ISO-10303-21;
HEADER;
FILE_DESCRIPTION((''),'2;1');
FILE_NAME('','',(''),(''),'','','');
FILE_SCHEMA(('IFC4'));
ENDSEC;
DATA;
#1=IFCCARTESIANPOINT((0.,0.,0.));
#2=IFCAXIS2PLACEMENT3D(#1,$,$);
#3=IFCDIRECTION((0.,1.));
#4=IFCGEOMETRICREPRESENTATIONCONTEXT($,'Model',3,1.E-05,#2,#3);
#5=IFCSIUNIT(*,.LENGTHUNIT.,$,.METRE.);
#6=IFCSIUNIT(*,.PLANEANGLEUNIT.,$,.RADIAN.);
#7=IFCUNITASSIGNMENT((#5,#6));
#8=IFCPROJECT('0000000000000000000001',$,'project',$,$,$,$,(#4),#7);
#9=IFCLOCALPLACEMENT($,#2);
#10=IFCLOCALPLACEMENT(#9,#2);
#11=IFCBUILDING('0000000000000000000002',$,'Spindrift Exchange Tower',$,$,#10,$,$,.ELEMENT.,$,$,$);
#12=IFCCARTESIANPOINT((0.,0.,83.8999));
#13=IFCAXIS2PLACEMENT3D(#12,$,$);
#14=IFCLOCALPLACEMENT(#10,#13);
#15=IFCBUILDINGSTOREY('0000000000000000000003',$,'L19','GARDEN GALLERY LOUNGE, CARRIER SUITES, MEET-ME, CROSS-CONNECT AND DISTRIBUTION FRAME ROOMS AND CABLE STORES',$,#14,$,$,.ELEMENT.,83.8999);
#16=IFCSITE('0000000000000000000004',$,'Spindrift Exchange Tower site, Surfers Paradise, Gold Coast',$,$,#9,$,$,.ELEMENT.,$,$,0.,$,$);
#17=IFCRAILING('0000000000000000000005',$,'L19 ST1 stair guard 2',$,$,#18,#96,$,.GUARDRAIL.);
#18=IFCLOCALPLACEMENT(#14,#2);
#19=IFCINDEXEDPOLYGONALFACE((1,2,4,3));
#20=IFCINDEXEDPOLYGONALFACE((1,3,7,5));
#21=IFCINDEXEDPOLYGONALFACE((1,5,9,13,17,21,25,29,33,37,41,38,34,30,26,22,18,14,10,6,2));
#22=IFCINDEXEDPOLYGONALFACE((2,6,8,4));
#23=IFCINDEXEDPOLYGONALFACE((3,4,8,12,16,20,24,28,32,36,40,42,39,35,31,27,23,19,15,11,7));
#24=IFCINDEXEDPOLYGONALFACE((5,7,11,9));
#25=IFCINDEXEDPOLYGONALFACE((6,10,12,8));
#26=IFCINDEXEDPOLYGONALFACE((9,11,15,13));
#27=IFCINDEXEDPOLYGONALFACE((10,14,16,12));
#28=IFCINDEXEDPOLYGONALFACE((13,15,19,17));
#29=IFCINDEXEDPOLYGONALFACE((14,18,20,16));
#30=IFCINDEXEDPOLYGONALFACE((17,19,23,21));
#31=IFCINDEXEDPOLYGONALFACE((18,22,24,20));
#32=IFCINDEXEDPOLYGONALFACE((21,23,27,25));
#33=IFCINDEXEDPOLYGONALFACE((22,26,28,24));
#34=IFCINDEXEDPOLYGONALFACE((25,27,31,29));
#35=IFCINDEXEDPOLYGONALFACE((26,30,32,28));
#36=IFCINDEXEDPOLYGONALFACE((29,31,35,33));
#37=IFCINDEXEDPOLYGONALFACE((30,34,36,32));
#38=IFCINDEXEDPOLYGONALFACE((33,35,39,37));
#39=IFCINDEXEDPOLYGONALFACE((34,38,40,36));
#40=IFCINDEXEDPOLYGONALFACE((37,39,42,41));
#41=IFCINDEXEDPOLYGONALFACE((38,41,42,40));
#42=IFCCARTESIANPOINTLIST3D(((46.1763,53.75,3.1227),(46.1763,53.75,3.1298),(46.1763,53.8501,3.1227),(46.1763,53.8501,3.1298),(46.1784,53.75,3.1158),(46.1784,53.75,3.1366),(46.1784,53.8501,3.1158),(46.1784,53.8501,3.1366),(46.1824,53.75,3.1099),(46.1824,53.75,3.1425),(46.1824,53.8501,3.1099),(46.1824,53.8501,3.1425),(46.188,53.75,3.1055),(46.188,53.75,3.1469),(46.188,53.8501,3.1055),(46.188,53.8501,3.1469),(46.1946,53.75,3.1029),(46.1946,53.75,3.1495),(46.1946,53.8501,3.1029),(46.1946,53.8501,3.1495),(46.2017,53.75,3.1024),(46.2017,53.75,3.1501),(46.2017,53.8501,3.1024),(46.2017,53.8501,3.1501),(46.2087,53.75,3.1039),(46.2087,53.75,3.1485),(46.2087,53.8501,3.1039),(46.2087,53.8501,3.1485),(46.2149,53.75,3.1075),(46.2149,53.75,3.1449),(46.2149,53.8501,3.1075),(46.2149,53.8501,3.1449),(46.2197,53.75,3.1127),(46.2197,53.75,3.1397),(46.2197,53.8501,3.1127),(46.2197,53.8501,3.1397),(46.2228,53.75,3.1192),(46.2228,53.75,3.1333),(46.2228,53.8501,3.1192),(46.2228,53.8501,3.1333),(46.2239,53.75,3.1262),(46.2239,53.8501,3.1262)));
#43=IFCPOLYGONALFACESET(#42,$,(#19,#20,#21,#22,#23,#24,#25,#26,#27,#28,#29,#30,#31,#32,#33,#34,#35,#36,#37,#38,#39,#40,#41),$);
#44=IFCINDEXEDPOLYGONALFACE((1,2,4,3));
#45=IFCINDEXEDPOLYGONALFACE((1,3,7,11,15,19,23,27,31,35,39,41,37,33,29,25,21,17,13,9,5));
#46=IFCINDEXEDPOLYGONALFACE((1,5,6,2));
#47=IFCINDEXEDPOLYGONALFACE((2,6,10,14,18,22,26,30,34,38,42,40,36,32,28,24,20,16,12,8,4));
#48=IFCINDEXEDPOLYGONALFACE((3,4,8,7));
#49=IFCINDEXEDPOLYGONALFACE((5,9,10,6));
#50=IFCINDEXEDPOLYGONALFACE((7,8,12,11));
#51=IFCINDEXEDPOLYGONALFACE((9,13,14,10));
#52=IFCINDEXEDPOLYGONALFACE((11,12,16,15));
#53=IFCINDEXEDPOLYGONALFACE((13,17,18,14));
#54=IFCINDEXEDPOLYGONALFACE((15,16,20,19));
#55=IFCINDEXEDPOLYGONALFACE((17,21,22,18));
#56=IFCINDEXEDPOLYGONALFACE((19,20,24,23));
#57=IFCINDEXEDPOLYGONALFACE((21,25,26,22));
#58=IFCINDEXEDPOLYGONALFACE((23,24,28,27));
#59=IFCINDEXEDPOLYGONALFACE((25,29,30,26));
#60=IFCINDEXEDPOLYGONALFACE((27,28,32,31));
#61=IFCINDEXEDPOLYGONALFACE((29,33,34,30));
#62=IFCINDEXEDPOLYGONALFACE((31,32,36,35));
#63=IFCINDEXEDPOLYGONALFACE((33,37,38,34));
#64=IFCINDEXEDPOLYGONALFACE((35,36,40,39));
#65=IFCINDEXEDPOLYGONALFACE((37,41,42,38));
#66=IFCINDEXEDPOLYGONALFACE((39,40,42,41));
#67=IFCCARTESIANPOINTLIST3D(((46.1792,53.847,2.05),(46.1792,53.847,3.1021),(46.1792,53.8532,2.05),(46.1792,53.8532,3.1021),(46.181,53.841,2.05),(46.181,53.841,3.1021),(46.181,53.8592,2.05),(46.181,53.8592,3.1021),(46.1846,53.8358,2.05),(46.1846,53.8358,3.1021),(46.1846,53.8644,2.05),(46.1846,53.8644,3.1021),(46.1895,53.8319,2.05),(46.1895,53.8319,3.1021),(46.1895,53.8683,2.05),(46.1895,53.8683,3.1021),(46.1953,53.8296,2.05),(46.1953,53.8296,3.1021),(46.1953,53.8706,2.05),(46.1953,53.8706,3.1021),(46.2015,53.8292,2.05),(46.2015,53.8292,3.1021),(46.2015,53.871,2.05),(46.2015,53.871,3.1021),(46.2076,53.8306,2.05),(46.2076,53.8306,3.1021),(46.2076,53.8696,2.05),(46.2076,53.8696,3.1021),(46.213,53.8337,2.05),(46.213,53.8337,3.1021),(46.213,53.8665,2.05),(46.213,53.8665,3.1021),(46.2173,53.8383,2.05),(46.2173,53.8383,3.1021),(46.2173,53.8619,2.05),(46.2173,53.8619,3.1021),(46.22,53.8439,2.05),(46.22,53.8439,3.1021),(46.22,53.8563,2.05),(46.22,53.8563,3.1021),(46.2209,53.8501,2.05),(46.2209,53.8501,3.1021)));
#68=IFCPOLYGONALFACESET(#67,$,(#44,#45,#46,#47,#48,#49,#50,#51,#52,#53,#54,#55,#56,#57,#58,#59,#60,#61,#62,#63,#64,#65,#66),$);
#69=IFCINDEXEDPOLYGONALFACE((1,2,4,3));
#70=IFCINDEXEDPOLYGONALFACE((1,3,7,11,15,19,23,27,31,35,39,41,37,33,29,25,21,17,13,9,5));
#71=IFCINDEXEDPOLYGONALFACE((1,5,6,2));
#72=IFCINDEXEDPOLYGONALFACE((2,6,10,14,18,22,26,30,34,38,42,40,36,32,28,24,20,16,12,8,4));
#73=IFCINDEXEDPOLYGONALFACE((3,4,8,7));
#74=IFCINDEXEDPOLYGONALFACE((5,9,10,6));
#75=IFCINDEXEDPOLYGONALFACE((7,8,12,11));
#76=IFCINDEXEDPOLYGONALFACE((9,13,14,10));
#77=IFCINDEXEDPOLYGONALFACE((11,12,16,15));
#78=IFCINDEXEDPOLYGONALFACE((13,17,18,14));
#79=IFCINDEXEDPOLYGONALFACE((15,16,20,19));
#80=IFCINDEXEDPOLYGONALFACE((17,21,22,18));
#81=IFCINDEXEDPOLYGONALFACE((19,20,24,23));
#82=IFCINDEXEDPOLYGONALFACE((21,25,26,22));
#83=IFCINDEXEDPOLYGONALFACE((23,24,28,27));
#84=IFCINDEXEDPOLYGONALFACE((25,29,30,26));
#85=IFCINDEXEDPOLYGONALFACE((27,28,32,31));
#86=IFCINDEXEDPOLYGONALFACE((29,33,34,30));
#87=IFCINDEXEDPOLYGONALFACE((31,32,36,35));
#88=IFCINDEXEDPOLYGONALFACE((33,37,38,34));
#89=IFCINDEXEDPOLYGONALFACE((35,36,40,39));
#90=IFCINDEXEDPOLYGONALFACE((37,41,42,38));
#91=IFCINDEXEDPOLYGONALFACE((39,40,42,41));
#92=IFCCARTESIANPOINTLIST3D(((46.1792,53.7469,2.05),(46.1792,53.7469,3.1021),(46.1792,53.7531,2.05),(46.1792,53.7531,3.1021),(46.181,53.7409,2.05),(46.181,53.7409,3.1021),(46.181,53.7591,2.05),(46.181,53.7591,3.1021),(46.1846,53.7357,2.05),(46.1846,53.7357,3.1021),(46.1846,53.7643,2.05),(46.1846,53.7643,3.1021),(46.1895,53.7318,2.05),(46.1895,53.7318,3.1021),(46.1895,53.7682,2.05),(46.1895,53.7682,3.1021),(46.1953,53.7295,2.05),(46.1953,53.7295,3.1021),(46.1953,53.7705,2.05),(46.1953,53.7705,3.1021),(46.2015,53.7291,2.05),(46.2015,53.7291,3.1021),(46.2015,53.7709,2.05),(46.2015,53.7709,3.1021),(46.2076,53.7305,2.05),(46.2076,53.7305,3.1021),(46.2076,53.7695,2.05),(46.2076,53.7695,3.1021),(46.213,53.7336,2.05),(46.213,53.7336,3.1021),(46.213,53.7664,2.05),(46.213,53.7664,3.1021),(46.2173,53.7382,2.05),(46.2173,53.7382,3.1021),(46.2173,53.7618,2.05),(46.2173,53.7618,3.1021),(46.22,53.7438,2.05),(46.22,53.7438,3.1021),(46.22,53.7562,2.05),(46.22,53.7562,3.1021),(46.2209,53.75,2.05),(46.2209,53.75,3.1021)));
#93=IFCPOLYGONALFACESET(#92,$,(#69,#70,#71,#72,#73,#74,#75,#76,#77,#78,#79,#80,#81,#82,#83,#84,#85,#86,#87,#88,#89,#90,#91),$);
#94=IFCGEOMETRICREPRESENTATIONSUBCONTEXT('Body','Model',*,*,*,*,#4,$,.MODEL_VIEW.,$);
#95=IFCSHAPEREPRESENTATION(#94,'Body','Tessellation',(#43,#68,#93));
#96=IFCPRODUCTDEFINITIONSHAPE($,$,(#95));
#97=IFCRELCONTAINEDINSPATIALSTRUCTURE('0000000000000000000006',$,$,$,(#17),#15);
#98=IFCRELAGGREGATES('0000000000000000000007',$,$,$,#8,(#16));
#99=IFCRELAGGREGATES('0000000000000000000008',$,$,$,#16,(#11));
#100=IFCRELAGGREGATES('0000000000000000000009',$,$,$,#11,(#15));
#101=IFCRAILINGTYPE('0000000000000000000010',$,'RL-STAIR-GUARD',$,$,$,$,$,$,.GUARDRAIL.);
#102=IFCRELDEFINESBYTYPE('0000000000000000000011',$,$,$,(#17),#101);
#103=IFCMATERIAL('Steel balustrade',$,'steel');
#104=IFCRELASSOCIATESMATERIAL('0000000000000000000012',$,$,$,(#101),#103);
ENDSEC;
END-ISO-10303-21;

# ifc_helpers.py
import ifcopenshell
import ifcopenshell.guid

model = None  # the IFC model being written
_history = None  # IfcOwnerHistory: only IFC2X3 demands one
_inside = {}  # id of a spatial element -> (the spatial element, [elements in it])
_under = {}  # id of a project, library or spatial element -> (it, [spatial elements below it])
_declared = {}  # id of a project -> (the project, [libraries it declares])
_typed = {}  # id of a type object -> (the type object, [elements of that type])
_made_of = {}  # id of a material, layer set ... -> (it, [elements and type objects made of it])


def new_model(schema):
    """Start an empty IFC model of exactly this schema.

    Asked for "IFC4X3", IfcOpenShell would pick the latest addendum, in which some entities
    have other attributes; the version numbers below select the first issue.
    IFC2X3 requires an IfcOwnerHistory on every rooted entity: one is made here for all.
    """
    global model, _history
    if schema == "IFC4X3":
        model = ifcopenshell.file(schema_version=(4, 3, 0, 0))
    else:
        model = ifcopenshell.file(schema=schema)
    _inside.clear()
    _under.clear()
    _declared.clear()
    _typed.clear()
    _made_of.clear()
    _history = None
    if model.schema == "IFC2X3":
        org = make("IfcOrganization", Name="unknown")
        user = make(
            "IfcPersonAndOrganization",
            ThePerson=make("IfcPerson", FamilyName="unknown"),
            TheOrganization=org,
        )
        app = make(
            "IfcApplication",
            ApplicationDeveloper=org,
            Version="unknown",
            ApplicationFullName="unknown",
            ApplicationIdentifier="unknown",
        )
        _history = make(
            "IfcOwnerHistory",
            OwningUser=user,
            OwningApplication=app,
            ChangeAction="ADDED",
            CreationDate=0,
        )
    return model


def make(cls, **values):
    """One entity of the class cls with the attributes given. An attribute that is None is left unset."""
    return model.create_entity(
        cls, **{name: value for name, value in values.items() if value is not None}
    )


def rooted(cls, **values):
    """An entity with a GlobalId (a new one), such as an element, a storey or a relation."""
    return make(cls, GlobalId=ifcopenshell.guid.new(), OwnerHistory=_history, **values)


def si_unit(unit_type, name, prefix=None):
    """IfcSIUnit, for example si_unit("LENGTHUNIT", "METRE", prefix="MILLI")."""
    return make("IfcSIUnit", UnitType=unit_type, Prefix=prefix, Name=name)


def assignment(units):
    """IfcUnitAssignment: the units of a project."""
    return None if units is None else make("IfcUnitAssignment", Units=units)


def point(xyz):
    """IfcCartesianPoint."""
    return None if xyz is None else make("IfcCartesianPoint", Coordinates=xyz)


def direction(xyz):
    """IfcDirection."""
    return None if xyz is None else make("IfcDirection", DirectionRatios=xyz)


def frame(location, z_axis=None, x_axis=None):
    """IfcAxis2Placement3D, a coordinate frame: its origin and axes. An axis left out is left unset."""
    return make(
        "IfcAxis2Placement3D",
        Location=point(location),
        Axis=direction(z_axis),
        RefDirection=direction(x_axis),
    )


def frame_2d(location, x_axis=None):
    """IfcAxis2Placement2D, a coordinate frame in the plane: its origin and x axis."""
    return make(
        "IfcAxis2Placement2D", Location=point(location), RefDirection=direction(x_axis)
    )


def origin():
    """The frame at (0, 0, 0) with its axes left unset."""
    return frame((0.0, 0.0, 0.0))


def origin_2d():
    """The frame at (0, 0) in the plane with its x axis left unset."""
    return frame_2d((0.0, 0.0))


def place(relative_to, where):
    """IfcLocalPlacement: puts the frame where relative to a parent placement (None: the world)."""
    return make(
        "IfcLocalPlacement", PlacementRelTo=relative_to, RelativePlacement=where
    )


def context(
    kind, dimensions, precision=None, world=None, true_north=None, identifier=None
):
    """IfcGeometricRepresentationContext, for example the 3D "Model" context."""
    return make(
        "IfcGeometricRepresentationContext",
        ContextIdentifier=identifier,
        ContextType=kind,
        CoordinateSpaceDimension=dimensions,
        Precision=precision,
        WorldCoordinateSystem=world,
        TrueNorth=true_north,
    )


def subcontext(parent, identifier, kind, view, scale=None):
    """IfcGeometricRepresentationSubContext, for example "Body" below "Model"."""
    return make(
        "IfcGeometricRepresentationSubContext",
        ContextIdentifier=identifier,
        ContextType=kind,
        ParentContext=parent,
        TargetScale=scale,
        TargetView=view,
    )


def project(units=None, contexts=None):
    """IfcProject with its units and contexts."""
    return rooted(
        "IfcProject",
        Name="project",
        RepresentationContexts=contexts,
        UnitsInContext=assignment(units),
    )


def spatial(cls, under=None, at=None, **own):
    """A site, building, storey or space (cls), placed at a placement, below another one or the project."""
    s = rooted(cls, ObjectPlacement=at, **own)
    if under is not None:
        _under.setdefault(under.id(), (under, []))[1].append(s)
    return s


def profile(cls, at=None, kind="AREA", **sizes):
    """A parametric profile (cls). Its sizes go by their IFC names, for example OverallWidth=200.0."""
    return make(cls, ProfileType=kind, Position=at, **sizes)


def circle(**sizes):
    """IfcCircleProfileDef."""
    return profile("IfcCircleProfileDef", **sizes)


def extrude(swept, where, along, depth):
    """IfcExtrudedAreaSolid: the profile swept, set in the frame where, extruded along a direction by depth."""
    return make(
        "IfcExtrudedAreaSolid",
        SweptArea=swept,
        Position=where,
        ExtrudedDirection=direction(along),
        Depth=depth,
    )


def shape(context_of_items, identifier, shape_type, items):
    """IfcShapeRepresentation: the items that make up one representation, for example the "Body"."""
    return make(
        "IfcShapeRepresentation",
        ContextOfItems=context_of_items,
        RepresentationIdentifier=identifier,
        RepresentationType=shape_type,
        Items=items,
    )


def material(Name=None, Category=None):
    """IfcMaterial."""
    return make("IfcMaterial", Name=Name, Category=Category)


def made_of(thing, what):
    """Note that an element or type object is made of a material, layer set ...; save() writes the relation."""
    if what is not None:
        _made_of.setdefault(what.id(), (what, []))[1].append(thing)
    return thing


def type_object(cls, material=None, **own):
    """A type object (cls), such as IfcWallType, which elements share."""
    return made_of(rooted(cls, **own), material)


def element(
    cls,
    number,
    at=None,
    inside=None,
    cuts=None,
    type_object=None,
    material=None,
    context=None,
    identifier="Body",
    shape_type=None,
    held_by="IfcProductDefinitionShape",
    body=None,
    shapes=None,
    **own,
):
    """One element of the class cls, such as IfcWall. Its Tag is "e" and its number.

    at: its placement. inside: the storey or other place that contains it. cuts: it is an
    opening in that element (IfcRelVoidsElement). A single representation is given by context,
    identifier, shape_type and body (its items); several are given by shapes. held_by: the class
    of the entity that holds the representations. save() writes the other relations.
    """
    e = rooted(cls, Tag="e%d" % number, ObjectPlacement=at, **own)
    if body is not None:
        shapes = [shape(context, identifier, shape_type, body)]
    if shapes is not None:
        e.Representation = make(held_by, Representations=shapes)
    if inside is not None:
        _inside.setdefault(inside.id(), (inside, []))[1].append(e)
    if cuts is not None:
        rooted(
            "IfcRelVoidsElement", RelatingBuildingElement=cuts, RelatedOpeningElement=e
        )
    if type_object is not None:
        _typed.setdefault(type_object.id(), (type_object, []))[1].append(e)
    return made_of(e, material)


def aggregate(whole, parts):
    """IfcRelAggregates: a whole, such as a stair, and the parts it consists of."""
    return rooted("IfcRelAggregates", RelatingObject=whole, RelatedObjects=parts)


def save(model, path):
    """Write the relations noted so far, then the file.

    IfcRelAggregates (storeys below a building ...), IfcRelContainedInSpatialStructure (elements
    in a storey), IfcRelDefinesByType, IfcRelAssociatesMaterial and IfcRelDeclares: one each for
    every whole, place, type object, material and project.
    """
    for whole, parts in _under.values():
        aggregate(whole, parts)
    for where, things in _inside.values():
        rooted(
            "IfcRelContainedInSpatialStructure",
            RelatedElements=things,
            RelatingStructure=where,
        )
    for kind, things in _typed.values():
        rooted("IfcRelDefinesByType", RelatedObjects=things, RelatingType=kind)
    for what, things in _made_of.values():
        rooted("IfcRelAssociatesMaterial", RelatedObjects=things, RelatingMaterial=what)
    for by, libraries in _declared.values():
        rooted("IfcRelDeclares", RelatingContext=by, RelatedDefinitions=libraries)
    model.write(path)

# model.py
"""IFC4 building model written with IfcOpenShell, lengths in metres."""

from ifc_helpers import new_model, si_unit, direction, frame, origin, origin_2d, place, context, subcontext, project, spatial, circle, extrude, material, type_object, element, save


model = new_model("IFC4")

# Units and contexts
model_context = context("Model", 3, precision=1e-05, world=origin(), true_north=direction((0.0, 1.0)))
body_context = subcontext(model_context, "Body", "Model", "MODEL_VIEW")
ifc_project = project(units=[si_unit("LENGTHUNIT", "METRE"), si_unit("PLANEANGLEUNIT", "RADIAN")], contexts=[model_context])

# Site, building, storey
site_placement = place(None, origin())
site = spatial("IfcSite", under=ifc_project, at=site_placement, Name="Spindrift Exchange Tower site, Surfers Paradise, Gold Coast", CompositionType="ELEMENT", RefElevation=0.0)
building_placement = place(site_placement, origin())
building = spatial("IfcBuilding", under=site, at=building_placement, Name="Spindrift Exchange Tower", CompositionType="ELEMENT")
storey_placement = place(building_placement, frame((0.0, 0.0, 83.8999)))
storey = spatial("IfcBuildingStorey", under=building, at=storey_placement, Name="L19", Description="GARDEN GALLERY LOUNGE, CARRIER SUITES, MEET-ME, CROSS-CONNECT AND DISTRIBUTION FRAME ROOMS AND CABLE STORES", CompositionType="ELEMENT", Elevation=83.8999)

# Railing
ifc_material_1 = material(Name="Steel balustrade", Category="steel")
railing_type_1 = type_object("IfcRailingType", Name="RL-STAIR-GUARD", PredefinedType="GUARDRAIL", material=ifc_material_1)
railing_1_placement = place(storey_placement, frame((46.2, 53.8501, 2.05)))
element("IfcRailing", 1, at=railing_1_placement, inside=storey, type_object=railing_type_1, Name="L19 ST1 stair guard 2", PredefinedType="GUARDRAIL", context=body_context, shape_type="SweptSolid", body=[
    extrude(circle(Radius=0.0239, at=origin_2d()), frame((0.0, 0.0, 1.0762), z_axis=(0.0, -1.0, 0.0), x_axis=(1.0, 0.0, 0.0)), (0.0, 0.0, 1.0), 0.1001),
    extrude(circle(Radius=0.021, at=origin_2d()), origin(), (0.0, 0.0, 1.0), 1.052),
    extrude(circle(Radius=0.021, at=origin_2d()), frame((0.0, -0.1001, 0.0)), (0.0, 0.0, 1.0), 1.052),
])

save(model, "model.ifc")
